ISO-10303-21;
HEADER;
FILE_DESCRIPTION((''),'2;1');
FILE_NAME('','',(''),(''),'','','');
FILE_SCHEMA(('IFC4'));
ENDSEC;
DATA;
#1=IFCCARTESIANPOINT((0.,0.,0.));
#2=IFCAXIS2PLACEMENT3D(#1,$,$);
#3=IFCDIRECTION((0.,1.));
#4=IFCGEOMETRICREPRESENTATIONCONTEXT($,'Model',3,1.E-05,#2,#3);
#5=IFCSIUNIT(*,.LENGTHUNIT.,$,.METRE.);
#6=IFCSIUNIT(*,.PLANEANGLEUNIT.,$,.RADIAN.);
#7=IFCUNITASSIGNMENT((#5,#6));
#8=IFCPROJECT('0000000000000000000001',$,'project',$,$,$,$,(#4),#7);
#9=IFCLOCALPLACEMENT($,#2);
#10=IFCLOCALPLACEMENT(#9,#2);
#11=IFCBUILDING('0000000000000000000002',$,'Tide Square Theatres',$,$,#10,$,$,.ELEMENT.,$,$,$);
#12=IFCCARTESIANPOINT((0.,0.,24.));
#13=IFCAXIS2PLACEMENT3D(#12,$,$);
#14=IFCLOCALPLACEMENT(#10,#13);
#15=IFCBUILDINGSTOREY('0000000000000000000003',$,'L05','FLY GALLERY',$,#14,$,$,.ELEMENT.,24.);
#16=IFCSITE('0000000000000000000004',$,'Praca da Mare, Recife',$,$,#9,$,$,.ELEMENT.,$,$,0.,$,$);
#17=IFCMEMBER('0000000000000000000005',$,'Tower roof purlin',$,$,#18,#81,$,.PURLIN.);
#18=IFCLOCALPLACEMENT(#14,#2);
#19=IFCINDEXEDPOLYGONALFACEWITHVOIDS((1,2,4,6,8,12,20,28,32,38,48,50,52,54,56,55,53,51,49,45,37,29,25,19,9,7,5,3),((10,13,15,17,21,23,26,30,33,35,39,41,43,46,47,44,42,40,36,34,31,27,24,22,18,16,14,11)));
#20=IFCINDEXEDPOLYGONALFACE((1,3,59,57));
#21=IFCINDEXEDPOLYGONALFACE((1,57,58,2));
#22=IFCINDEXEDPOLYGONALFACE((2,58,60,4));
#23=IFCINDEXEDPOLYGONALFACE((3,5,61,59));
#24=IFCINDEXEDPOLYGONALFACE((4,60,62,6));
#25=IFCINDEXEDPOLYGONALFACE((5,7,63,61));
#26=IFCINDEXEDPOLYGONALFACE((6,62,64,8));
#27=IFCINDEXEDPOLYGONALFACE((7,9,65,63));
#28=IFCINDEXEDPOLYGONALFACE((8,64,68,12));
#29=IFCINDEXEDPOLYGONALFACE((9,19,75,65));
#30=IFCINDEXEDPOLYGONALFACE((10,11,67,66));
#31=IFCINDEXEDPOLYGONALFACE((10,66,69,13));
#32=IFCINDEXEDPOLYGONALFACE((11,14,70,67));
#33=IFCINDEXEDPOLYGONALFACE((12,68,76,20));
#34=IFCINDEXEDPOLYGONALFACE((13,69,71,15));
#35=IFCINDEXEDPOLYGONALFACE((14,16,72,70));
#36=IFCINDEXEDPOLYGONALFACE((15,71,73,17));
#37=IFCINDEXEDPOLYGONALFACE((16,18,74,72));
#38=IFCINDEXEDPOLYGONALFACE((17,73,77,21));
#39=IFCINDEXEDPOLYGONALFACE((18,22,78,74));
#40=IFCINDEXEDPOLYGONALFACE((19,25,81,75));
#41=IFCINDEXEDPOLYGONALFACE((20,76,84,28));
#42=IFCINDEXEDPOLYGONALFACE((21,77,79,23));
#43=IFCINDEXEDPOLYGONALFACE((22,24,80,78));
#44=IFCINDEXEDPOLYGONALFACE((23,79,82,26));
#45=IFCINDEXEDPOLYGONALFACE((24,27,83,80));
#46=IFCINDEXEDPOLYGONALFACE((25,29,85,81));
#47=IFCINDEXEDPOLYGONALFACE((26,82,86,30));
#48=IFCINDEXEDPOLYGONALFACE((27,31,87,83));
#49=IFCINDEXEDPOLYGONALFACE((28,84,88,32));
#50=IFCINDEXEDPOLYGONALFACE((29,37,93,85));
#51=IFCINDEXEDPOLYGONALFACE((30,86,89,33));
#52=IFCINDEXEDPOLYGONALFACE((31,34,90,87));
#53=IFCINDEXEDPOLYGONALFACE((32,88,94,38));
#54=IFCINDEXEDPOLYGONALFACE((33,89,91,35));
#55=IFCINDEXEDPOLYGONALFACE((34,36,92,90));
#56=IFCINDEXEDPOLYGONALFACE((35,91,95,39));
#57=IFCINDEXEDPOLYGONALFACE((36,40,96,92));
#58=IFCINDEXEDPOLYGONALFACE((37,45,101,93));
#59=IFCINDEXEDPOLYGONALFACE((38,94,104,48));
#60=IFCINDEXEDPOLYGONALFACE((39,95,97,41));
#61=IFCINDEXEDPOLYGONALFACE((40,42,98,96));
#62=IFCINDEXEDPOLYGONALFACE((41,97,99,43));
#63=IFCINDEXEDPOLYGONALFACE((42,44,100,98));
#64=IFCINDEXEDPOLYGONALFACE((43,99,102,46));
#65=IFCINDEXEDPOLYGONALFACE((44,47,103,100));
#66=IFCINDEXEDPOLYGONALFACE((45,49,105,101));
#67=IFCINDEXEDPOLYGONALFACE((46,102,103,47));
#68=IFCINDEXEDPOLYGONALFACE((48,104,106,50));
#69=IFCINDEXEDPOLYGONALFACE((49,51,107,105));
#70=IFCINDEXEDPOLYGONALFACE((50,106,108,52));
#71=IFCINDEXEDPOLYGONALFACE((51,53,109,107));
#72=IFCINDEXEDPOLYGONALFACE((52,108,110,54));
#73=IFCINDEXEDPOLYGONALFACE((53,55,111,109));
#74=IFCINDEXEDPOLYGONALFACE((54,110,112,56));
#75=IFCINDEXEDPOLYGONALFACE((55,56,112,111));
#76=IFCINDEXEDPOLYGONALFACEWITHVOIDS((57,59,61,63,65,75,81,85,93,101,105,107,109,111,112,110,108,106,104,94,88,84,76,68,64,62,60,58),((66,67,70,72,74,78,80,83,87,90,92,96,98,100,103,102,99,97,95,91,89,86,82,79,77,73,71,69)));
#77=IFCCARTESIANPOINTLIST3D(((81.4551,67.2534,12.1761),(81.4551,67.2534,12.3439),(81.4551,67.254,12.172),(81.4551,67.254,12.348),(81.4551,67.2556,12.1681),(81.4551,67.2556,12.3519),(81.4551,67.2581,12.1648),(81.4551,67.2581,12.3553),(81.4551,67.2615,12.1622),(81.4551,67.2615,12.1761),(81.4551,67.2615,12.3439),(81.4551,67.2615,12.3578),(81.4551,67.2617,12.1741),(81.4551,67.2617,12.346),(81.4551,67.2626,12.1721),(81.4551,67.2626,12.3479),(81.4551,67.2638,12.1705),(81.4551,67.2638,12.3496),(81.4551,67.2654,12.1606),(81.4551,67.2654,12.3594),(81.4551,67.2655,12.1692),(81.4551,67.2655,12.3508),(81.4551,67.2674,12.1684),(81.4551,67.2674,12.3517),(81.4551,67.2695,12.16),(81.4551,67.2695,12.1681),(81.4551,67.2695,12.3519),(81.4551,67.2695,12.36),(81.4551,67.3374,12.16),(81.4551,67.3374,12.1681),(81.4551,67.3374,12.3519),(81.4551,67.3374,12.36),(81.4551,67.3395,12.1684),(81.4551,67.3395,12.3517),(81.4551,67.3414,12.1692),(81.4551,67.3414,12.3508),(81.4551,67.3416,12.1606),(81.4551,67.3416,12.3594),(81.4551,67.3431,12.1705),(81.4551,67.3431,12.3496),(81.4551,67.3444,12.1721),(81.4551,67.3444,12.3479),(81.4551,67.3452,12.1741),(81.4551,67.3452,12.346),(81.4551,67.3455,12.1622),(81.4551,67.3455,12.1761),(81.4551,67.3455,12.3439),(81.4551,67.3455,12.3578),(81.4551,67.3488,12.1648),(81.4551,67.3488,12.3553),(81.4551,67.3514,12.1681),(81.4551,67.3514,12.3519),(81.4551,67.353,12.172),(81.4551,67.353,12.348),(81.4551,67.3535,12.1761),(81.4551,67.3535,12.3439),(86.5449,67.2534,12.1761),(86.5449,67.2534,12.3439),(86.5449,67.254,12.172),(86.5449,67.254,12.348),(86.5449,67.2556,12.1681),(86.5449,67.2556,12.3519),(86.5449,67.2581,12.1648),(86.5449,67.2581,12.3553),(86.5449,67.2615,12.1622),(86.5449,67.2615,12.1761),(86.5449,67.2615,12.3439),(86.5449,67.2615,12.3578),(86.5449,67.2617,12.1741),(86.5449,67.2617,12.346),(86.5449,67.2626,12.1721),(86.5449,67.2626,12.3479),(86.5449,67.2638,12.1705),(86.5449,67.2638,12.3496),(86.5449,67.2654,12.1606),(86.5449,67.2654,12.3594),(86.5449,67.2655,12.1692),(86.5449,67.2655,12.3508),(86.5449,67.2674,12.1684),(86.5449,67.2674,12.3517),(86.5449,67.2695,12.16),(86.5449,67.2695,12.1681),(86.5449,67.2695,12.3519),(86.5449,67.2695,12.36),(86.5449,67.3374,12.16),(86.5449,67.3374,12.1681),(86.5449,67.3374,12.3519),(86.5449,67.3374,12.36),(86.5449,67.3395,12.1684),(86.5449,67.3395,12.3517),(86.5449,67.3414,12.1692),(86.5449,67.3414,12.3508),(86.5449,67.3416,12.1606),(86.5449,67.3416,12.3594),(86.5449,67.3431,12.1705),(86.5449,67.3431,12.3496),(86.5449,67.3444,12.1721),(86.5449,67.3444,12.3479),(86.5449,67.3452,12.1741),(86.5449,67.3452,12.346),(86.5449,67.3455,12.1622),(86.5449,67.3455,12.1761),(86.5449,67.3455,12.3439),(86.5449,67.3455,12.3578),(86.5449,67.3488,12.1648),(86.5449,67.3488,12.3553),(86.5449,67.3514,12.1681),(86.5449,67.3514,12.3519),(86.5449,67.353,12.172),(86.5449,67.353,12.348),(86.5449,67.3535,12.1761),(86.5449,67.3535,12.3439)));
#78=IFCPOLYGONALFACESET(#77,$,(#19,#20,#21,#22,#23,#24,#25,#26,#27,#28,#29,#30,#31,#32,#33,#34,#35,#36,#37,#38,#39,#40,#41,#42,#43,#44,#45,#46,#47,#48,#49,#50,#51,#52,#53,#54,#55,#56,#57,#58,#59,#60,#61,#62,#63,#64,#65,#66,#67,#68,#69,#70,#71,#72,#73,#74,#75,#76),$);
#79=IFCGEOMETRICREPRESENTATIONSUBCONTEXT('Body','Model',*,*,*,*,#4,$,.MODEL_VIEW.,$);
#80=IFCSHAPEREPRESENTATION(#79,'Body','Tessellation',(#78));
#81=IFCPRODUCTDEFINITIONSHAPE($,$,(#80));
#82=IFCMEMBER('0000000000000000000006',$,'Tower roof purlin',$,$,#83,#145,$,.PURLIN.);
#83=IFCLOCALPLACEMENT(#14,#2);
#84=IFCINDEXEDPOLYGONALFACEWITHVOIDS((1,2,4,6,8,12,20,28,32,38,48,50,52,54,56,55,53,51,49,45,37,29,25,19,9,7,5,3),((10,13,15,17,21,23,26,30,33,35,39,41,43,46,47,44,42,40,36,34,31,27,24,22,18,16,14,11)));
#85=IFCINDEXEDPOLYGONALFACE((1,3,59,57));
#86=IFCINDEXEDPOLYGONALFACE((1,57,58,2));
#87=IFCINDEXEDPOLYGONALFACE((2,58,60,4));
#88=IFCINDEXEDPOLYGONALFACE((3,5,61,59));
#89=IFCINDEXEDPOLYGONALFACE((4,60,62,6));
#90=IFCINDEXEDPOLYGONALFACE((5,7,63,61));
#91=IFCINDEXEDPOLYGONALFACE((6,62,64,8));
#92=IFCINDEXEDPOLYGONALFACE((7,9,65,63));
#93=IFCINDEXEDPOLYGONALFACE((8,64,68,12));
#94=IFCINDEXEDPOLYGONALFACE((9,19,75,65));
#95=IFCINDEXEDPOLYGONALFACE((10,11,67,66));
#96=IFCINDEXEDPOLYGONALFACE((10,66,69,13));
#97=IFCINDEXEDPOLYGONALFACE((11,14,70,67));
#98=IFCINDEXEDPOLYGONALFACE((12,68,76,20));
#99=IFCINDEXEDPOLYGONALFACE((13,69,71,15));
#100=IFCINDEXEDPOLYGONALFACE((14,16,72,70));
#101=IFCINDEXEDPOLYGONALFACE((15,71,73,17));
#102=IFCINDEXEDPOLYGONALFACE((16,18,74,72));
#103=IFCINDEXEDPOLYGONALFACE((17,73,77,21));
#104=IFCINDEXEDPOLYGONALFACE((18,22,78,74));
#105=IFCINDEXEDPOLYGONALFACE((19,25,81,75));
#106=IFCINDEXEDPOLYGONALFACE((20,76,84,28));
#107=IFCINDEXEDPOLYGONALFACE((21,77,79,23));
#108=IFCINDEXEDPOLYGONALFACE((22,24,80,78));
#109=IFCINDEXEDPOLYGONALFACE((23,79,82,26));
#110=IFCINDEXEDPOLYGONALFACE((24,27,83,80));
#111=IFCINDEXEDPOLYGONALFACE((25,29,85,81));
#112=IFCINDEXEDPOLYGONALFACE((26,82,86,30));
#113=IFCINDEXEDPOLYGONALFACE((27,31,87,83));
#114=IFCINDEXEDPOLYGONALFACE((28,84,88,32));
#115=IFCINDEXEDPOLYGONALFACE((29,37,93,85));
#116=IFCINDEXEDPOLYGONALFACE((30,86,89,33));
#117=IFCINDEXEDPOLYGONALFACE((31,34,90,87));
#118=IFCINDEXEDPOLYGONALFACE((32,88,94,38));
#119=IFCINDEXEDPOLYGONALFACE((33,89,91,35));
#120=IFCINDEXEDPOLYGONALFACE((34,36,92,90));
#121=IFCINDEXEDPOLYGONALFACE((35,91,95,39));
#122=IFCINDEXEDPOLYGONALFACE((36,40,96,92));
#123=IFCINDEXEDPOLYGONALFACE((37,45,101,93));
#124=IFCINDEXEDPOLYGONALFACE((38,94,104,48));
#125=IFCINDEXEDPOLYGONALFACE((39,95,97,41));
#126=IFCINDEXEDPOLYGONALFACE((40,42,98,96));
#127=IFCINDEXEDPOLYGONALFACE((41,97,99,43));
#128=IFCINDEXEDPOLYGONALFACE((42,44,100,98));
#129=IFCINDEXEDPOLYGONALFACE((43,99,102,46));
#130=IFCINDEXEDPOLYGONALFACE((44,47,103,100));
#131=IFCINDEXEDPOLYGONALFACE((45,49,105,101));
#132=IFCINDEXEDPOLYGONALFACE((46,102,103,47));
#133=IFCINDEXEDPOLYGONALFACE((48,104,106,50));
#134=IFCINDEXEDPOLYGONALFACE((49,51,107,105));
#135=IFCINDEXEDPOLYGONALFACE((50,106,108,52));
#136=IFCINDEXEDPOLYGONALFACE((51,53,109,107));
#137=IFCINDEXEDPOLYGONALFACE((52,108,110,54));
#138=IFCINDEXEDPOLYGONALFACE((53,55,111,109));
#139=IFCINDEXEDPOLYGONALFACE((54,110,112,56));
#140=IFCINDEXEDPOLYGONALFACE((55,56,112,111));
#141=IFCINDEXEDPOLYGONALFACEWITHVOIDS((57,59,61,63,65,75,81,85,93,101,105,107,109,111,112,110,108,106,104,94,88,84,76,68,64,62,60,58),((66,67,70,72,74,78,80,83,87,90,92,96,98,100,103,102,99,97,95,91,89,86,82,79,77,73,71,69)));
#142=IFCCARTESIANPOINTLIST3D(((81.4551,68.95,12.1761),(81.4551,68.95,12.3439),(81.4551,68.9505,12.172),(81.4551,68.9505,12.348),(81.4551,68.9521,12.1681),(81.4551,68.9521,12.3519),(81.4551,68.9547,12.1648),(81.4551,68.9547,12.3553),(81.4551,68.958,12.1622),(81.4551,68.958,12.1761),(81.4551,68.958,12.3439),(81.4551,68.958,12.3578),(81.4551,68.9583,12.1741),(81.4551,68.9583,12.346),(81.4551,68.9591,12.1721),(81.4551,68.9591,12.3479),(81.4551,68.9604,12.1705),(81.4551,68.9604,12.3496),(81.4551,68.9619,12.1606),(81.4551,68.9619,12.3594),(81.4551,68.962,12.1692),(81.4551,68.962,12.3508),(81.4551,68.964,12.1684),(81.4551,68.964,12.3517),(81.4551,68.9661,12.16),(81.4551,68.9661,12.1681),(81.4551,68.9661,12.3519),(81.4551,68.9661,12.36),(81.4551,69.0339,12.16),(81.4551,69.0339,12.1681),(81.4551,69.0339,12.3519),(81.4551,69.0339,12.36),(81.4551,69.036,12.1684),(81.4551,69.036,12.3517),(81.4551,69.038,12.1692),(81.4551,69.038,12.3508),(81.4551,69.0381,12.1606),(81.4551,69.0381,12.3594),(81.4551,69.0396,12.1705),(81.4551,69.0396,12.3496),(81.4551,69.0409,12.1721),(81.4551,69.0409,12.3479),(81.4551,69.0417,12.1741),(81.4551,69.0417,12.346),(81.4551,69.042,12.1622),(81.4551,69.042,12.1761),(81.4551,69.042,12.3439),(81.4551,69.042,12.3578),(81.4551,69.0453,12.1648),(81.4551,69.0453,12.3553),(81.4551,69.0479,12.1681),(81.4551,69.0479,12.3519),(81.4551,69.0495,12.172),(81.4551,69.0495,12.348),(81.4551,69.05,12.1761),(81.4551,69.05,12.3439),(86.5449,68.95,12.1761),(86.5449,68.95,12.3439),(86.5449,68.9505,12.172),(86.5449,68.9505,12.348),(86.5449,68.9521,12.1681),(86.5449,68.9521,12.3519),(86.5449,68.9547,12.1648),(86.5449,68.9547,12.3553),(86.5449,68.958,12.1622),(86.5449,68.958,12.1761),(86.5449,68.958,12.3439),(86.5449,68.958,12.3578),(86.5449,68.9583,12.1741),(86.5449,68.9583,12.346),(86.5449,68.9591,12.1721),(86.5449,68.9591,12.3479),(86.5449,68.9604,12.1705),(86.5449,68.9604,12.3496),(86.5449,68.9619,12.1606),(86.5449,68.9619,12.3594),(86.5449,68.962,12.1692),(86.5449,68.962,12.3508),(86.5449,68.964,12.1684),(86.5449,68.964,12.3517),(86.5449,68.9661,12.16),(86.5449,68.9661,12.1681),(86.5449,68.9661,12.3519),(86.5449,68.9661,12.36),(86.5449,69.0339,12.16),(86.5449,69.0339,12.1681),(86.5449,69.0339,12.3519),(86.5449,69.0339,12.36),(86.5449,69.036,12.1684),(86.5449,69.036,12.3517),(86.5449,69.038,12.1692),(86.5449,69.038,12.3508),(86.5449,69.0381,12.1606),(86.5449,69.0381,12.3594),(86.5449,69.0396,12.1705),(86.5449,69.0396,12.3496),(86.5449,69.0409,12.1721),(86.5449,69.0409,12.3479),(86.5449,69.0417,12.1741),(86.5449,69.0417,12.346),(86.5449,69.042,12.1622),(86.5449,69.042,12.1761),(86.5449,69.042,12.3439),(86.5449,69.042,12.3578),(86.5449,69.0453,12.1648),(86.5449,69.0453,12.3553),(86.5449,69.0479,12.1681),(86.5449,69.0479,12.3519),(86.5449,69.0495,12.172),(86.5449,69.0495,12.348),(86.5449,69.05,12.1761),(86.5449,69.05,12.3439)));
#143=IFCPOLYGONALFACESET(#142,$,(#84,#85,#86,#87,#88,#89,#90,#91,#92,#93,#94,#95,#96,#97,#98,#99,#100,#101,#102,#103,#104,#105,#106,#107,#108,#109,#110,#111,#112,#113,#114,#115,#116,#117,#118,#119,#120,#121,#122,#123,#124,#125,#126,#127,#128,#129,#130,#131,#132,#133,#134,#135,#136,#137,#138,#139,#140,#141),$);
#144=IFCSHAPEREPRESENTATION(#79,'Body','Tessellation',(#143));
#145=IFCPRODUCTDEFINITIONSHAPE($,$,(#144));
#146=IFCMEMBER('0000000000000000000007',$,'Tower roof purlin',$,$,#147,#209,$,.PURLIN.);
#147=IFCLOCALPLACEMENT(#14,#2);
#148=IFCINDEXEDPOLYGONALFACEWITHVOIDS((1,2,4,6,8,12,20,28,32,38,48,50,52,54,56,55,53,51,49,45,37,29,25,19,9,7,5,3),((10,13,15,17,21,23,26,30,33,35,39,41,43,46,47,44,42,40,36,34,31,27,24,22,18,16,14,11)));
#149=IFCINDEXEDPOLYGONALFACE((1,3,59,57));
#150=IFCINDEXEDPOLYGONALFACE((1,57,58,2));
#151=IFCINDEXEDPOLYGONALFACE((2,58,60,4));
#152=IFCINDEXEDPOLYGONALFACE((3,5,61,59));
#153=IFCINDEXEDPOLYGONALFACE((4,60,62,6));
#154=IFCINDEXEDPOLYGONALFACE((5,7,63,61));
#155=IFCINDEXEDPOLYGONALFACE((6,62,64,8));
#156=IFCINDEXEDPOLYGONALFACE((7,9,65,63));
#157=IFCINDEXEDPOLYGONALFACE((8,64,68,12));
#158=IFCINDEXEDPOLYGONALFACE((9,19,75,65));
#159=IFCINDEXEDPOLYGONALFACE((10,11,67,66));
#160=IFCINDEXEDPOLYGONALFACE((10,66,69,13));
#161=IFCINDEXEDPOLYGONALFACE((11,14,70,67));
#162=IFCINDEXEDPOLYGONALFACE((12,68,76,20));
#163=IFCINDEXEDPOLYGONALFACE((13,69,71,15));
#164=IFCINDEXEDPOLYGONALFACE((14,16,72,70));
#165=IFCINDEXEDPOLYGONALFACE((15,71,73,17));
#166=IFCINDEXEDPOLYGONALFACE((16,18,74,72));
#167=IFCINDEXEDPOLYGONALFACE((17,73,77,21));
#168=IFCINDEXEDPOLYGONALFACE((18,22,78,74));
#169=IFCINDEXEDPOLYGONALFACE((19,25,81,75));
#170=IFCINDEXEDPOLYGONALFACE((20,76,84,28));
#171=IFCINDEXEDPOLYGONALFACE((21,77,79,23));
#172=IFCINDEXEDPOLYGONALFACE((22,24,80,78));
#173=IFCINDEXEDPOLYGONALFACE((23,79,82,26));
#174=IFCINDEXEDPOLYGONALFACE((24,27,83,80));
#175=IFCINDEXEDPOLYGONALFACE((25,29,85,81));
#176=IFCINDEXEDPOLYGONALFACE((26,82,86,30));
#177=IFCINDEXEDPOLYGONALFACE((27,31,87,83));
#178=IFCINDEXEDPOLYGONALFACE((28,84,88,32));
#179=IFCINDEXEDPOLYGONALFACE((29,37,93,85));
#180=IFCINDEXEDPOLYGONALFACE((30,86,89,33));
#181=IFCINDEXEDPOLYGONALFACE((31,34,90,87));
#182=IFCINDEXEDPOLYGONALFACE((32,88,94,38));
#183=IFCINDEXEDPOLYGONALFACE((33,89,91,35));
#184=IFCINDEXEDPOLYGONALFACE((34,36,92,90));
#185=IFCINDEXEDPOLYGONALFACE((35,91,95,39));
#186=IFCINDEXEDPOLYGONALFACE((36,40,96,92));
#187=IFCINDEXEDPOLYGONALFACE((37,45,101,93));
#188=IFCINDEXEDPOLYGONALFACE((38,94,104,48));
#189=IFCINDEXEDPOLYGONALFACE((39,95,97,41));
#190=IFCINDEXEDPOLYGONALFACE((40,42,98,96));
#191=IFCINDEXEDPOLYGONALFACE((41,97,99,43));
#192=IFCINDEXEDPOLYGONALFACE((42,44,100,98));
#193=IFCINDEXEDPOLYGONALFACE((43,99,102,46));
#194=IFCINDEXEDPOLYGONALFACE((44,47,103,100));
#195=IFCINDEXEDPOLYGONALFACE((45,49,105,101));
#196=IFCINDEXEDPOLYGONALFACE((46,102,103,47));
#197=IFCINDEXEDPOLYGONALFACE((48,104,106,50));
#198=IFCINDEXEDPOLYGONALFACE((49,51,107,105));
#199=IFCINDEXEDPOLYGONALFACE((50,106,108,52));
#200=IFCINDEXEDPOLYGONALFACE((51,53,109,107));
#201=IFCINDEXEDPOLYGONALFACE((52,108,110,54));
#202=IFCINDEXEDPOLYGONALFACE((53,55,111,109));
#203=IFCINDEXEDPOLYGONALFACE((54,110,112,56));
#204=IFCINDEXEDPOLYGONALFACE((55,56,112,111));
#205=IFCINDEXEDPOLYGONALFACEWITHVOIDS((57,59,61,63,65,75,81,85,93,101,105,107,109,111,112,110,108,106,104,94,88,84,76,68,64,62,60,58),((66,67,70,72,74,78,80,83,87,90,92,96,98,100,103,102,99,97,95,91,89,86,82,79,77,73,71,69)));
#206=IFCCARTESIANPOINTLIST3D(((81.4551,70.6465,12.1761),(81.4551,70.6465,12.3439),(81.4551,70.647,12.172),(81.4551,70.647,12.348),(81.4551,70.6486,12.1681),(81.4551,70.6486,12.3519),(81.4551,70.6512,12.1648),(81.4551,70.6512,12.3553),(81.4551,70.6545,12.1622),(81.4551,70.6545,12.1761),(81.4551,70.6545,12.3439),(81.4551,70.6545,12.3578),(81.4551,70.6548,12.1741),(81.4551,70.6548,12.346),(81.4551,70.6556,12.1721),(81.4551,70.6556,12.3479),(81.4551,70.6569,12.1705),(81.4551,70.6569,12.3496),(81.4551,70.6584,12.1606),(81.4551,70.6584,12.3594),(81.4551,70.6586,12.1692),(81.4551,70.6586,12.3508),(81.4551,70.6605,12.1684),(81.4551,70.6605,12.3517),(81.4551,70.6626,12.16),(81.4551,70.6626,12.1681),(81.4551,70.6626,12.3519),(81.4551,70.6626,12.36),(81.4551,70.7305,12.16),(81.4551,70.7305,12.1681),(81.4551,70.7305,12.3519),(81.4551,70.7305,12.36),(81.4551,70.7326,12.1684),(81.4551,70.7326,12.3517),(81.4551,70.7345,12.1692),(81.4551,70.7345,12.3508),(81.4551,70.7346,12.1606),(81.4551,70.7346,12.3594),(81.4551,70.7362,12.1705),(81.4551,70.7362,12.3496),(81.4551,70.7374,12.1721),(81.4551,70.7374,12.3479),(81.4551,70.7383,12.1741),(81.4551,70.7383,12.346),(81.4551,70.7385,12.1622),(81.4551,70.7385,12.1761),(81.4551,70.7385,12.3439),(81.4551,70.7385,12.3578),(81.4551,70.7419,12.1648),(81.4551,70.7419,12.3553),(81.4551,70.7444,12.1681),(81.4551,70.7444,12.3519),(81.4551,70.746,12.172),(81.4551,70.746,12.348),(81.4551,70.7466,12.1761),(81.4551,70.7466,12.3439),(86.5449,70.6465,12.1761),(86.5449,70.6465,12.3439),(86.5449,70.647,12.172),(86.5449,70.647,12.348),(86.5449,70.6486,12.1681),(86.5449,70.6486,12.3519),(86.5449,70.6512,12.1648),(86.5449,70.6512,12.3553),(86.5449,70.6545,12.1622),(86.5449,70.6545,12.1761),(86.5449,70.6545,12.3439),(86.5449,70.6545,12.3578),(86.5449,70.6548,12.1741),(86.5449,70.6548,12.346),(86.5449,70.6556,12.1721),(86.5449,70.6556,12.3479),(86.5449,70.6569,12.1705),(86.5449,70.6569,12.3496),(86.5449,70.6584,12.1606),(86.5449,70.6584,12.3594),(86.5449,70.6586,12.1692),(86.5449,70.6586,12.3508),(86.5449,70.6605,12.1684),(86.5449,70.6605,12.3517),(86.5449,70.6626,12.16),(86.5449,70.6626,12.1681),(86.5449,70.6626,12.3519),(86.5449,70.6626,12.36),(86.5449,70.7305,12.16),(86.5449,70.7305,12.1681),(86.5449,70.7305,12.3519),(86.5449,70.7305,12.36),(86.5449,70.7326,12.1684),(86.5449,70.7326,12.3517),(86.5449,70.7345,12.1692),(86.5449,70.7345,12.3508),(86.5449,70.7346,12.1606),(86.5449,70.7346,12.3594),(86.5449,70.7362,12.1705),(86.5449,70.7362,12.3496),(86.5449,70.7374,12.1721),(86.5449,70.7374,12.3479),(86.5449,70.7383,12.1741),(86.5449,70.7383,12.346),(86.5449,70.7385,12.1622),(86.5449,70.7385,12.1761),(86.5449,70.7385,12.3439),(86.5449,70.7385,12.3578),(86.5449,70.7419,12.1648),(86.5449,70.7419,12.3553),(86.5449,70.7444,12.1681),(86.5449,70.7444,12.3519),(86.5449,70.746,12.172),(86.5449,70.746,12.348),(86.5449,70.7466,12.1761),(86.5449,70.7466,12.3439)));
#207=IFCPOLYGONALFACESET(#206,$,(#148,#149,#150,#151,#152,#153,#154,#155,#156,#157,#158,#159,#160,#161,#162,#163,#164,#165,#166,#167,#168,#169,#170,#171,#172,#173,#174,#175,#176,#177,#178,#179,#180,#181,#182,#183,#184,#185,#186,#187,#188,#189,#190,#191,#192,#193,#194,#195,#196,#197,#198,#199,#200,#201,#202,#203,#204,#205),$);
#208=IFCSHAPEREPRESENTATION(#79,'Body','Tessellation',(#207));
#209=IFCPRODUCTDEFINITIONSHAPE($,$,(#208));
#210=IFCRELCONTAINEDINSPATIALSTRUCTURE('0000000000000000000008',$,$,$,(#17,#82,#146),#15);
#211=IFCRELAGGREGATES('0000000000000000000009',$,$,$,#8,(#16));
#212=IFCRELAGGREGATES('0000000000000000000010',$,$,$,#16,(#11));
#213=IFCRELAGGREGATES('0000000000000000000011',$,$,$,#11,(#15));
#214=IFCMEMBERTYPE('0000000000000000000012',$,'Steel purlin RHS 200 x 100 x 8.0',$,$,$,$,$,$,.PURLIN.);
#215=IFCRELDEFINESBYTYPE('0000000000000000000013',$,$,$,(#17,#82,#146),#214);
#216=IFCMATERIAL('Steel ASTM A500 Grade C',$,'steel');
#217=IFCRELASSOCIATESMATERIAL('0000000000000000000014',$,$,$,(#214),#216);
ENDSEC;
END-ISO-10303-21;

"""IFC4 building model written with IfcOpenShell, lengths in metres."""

from ifc_helpers import new_model, si_unit, direction, frame, origin, origin_2d, place, context, subcontext, project, spatial, hollow_rectangle, extrude, material, material_profile, profile_set, type_object, element, save


model = new_model("IFC4")

# Units and contexts
model_context = context("Model", 3, precision=1e-05, world=origin(), true_north=direction((0.0, 1.0)))
body_context = subcontext(model_context, "Body", "Model", "MODEL_VIEW")
ifc_project = project(units=[si_unit("LENGTHUNIT", "METRE"), si_unit("PLANEANGLEUNIT", "RADIAN")], contexts=[model_context])

# Site, building, storey
site_placement = place(None, origin())
site = spatial("IfcSite", under=ifc_project, at=site_placement, Name="Praca da Mare, Recife", CompositionType="ELEMENT", RefElevation=0.0)
building_placement = place(site_placement, origin())
building = spatial("IfcBuilding", under=site, at=building_placement, Name="Tide Square Theatres", CompositionType="ELEMENT")
storey_placement = place(building_placement, frame((0.0, 0.0, 24.0)))
storey = spatial("IfcBuildingStorey", under=building, at=storey_placement, Name="L05", Description="FLY GALLERY", CompositionType="ELEMENT", Elevation=24.0)

# Members
ifc_material_1 = material(Name="Steel ASTM A500 Grade C", Category="steel")
ifc_material_profile_1 = material_profile(ifc_material_1, hollow_rectangle(XDim=0.1001, YDim=0.2, WallThickness=0.0081, InnerFilletRadius=0.0081, OuterFilletRadius=0.0161, at=origin_2d()))
ifc_profile_set_1 = profile_set([ifc_material_profile_1], Name="Steel ASTM A500 Grade C")
member_type = type_object("IfcMemberType", Name="Steel purlin RHS 200 x 100 x 8.0", PredefinedType="PURLIN", material=ifc_profile_set_1)
for number, where, z_axis, x_axis, name in (
    (1, (81.4551, 67.3035, 12.26), (1.0, 0.0, 0.0), (0.0, 1.0, 0.0), "Tower roof purlin"),
    (2, (81.4551, 69.0, 12.26), (1.0, 0.0, 0.0), (0.0, 1.0, 0.0), "Tower roof purlin"),
    (3, (81.4551, 70.6965, 12.26), (1.0, 0.0, 0.0), (0.0, 1.0, 0.0), "Tower roof purlin"),
):
    element("IfcMember", number, at=place(storey_placement, frame(where, z_axis=z_axis, x_axis=x_axis)), inside=storey, type_object=member_type, Name=name, PredefinedType="PURLIN", context=body_context, shape_type="SweptSolid", body=[
        extrude(hollow_rectangle(XDim=0.1001, YDim=0.2, WallThickness=0.0081, InnerFilletRadius=0.0081, OuterFilletRadius=0.0161, at=origin_2d()), origin(), (0.0, 0.0, 1.0), 5.0898),
    ])

save(model, "model.ifc")
